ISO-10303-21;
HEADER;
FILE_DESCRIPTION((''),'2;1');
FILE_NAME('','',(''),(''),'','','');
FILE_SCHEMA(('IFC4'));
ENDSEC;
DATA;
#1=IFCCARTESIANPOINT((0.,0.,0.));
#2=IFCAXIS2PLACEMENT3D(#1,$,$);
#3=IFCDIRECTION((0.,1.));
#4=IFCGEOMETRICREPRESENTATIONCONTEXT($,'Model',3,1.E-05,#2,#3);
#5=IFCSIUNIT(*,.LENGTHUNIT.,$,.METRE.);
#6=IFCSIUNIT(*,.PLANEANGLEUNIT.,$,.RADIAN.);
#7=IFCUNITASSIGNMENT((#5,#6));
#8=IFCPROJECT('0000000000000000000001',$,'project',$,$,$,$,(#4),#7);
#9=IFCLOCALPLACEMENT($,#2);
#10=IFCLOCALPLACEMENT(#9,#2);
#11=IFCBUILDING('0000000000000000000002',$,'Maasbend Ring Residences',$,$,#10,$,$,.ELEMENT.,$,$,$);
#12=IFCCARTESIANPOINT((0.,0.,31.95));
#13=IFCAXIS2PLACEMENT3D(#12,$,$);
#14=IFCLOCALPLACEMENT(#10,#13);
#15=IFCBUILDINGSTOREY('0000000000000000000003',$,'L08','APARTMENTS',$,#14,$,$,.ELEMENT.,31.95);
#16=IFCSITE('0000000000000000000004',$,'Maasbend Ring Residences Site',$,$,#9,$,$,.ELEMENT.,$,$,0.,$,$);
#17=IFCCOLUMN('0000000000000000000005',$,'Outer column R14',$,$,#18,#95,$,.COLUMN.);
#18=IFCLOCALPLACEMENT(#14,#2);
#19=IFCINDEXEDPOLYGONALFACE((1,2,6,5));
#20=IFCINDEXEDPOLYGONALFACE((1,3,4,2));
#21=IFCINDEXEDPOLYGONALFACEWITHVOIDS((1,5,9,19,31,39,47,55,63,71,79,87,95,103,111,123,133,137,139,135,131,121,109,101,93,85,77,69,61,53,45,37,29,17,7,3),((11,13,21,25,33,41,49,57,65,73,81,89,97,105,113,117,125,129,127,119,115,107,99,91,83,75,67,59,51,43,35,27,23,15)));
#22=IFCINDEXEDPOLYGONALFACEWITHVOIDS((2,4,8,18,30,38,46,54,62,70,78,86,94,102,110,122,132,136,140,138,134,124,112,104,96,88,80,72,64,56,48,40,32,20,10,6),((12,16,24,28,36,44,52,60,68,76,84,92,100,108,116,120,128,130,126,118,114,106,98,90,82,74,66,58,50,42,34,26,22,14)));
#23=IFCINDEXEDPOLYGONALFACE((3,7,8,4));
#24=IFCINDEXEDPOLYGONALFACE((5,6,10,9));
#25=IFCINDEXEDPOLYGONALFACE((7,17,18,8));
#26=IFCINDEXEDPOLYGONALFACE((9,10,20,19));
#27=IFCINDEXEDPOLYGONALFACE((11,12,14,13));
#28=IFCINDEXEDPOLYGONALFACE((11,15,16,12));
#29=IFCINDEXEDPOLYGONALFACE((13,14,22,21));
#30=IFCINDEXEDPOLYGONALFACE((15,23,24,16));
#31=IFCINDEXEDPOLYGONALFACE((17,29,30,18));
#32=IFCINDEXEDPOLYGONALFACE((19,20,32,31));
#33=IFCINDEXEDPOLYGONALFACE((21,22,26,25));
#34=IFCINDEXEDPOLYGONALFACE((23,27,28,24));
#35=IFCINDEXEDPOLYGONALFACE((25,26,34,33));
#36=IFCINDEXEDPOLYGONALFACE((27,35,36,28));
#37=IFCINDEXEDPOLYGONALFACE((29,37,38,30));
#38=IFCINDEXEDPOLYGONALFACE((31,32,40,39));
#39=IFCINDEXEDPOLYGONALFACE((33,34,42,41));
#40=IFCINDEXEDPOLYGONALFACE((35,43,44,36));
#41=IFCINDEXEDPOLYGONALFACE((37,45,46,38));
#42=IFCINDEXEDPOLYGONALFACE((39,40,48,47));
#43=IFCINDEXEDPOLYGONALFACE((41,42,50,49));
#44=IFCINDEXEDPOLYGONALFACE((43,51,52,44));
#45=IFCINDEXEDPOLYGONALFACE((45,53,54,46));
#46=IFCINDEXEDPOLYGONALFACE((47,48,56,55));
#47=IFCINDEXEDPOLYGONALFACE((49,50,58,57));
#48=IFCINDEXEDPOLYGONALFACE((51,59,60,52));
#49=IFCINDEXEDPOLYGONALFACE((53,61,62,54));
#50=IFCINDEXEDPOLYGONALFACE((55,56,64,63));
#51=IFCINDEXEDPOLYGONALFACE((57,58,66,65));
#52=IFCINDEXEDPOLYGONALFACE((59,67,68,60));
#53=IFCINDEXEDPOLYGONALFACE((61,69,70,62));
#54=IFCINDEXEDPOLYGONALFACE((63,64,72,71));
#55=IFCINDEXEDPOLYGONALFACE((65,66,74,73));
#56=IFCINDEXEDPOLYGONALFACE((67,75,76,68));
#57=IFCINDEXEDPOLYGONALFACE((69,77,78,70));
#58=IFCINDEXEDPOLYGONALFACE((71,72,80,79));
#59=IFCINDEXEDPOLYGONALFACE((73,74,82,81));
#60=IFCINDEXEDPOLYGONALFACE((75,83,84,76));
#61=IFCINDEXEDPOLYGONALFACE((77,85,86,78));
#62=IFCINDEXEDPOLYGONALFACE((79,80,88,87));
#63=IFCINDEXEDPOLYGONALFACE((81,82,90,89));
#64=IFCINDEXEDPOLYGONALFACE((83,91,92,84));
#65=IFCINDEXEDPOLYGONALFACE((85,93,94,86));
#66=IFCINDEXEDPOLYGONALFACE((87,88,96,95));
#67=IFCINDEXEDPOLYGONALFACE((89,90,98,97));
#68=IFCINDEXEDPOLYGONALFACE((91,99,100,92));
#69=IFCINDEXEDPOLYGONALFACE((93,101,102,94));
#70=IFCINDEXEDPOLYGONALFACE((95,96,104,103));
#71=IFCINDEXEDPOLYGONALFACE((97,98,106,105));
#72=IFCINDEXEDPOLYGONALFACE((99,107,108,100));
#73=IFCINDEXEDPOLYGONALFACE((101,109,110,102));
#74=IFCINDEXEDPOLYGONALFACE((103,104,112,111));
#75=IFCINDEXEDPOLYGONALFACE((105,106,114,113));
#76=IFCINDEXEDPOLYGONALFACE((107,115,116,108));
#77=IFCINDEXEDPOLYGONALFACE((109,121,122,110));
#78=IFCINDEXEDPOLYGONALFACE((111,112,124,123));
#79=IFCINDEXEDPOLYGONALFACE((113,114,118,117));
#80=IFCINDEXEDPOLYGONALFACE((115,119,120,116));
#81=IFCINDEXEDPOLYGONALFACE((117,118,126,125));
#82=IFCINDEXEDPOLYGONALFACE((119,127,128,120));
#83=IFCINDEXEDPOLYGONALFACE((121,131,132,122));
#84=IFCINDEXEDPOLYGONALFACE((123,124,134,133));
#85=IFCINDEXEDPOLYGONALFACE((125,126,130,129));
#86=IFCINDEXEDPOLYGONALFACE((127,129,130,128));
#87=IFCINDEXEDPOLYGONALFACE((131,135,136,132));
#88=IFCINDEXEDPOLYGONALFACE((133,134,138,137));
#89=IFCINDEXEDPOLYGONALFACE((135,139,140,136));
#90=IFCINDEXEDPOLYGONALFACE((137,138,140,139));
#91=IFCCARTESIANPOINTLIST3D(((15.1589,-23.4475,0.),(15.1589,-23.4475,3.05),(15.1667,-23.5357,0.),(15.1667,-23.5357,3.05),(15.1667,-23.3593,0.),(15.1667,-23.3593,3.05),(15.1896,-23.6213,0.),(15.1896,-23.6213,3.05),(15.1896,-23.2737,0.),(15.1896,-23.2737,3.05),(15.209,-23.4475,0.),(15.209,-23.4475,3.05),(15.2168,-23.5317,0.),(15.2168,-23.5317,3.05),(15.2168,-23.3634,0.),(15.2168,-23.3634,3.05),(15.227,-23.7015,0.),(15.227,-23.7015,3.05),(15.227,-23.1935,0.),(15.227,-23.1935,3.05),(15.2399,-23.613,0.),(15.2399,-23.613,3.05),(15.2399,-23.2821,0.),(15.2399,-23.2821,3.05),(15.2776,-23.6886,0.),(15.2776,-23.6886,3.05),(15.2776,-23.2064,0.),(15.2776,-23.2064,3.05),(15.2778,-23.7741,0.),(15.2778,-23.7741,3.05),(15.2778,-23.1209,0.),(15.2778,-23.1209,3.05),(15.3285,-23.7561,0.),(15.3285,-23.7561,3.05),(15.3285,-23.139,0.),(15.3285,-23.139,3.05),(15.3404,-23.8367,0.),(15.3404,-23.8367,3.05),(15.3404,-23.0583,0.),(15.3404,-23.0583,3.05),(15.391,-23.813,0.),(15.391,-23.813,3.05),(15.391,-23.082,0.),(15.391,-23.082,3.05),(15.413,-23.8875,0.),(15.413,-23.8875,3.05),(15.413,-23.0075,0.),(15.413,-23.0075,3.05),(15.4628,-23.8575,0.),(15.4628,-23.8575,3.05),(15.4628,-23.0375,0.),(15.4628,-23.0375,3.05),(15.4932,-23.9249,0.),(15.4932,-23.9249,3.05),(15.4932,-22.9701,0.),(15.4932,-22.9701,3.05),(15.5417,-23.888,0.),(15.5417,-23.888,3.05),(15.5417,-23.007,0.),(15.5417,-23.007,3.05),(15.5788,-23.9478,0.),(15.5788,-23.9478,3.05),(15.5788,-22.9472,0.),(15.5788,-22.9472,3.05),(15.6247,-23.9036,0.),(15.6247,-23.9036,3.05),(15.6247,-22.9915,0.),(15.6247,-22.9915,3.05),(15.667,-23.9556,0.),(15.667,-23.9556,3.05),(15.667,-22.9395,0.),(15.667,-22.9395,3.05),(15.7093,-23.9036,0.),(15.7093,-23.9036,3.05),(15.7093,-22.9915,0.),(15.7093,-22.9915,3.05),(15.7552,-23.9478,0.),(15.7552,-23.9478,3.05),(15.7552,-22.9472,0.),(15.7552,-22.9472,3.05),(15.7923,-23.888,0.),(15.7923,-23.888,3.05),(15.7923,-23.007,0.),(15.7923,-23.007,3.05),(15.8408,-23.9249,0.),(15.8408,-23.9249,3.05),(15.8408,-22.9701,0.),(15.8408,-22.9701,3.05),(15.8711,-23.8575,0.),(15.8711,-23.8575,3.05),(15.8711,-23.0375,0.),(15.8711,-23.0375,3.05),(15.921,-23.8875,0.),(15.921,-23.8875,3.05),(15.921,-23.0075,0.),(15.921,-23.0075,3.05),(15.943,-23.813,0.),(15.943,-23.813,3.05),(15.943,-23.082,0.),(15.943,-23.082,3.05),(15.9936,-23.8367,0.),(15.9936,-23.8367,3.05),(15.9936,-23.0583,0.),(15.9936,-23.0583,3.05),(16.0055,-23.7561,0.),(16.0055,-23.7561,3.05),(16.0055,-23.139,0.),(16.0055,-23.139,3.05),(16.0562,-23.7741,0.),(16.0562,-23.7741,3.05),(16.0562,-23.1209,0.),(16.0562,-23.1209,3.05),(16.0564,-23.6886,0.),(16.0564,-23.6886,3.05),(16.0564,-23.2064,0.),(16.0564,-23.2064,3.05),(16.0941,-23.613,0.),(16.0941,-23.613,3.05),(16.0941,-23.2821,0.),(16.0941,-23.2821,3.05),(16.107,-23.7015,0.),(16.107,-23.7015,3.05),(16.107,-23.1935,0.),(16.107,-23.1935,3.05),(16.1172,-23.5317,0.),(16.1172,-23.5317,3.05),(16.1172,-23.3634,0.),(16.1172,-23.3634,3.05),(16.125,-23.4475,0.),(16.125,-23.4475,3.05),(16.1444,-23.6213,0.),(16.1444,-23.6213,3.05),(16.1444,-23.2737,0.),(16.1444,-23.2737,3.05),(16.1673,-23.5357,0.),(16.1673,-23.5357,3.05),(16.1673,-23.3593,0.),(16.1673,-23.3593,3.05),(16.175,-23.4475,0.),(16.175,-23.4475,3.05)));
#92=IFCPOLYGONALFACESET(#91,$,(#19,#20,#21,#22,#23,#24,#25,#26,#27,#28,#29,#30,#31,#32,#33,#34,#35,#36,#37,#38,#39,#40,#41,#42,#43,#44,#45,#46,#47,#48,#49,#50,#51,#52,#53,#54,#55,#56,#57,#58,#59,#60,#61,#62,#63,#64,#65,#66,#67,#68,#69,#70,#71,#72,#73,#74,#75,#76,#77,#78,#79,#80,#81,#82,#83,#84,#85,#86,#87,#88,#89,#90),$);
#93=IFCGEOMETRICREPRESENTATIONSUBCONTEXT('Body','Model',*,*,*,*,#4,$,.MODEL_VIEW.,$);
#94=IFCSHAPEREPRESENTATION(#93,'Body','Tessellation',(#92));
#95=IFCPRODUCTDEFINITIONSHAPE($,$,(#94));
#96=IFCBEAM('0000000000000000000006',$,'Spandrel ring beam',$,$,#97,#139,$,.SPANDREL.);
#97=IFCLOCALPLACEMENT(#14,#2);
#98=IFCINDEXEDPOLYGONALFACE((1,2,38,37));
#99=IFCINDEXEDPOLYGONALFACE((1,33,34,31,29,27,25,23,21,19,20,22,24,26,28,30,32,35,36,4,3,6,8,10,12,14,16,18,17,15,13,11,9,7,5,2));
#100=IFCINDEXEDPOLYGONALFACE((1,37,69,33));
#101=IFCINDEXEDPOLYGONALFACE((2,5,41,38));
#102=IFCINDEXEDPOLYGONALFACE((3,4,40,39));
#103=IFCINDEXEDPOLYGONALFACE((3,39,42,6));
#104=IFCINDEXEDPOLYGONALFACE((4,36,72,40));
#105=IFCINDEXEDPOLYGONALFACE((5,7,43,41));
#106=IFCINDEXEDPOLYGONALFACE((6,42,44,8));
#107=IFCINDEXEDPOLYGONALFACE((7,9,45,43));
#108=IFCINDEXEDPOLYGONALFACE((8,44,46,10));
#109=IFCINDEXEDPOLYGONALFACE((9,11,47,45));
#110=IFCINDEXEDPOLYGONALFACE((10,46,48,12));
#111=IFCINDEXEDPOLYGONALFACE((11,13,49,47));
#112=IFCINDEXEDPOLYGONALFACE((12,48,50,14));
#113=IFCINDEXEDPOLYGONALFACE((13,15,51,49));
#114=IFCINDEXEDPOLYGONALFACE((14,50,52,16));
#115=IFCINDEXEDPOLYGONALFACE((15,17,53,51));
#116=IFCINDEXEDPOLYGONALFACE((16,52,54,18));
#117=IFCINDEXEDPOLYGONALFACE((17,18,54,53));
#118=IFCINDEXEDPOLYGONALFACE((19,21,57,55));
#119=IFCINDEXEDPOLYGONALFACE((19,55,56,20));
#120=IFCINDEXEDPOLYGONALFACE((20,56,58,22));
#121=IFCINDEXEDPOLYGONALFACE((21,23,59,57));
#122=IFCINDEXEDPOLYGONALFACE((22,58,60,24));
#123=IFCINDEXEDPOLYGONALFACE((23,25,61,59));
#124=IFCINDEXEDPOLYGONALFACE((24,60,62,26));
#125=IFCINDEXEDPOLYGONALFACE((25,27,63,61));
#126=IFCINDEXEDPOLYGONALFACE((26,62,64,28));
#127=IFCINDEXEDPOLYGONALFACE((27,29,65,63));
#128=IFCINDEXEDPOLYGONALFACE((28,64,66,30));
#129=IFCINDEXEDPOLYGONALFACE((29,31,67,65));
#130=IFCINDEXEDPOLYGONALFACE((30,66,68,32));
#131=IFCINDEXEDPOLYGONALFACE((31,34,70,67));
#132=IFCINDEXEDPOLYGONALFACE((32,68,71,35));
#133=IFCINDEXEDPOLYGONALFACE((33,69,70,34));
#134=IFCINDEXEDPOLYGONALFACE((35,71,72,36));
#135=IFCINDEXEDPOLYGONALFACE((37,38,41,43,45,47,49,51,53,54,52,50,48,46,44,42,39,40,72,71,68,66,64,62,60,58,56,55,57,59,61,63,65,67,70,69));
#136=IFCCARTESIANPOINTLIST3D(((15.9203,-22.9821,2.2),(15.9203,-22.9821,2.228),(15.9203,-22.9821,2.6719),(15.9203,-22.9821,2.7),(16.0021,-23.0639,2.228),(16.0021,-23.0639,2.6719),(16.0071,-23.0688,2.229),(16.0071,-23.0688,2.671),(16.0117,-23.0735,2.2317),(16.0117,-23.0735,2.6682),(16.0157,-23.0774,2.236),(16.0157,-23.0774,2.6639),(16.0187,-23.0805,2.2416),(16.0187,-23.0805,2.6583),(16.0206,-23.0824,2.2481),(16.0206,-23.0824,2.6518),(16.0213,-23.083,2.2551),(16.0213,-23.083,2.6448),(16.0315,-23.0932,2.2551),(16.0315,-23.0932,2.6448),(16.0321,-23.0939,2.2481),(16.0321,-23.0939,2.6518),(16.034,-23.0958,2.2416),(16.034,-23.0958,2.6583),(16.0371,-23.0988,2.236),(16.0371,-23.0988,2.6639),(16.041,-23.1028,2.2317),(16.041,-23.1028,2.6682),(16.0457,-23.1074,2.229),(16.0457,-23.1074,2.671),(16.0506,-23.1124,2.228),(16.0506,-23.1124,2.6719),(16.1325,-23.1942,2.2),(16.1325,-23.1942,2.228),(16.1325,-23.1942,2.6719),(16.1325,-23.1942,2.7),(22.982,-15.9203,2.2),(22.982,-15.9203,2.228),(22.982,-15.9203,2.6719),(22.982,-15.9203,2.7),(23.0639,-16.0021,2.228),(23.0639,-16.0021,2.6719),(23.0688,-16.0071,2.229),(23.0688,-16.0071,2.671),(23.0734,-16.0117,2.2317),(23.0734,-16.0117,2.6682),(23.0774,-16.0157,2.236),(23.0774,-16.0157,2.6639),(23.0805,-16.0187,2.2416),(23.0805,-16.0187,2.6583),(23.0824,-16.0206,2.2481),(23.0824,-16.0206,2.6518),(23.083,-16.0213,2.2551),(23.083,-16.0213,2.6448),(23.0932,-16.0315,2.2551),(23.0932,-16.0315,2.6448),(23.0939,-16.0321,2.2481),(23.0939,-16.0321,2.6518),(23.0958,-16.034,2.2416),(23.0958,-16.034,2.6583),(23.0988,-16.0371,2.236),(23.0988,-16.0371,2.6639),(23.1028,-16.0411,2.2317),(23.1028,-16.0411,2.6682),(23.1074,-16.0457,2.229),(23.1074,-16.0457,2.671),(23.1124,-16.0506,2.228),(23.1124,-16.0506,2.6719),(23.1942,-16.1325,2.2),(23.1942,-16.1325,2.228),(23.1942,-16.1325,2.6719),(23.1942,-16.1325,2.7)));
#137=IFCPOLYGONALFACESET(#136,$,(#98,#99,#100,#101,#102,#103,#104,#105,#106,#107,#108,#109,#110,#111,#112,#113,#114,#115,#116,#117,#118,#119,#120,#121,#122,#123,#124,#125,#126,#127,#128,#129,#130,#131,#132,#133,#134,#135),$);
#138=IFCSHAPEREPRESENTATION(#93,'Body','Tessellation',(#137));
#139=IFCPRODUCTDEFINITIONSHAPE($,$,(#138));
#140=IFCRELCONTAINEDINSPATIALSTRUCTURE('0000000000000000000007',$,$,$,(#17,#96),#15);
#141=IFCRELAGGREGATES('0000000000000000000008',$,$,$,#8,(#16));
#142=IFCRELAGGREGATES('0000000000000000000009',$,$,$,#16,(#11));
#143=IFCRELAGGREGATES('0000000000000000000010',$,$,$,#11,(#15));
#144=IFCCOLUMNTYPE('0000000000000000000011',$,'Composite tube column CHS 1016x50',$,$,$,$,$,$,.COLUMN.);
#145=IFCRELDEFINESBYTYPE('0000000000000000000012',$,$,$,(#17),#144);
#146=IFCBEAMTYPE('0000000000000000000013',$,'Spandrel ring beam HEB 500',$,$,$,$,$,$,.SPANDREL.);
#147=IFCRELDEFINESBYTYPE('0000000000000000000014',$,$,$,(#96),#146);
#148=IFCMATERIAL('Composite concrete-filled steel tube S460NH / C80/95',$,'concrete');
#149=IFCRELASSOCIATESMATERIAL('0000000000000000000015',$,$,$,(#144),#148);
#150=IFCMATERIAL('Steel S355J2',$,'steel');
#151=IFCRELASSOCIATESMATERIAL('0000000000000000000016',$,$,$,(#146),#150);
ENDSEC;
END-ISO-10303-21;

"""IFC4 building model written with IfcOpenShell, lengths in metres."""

from ifc_helpers import new_model, si_unit, direction, frame, origin, origin_2d, place, context, subcontext, project, spatial, hollow_circle, i_section, extrude, material, material_profile, profile_set, type_object, element, save


model = new_model("IFC4")

# Units and contexts
model_context = context("Model", 3, precision=1e-05, world=origin(), true_north=direction((0.0, 1.0)))
body_context = subcontext(model_context, "Body", "Model", "MODEL_VIEW")
ifc_project = project(units=[si_unit("LENGTHUNIT", "METRE"), si_unit("PLANEANGLEUNIT", "RADIAN")], contexts=[model_context])

# Site, building, storey
site_placement = place(None, origin())
site = spatial("IfcSite", under=ifc_project, at=site_placement, Name="Maasbend Ring Residences Site", CompositionType="ELEMENT", RefElevation=0.0)
building_placement = place(site_placement, origin())
building = spatial("IfcBuilding", under=site, at=building_placement, Name="Maasbend Ring Residences", CompositionType="ELEMENT")
storey_placement = place(building_placement, frame((0.0, 0.0, 31.95)))
storey = spatial("IfcBuildingStorey", under=building, at=storey_placement, Name="L08", Description="APARTMENTS", CompositionType="ELEMENT", Elevation=31.95)

# Column
ifc_material_1 = material(Name="Composite concrete-filled steel tube S460NH / C80/95", Category="concrete")
ifc_material_profile_1 = material_profile(ifc_material_1, hollow_circle(Radius=0.5081, WallThickness=0.05, at=origin_2d()), Name="Composite tube column CHS 1016x50")
ifc_profile_set_1 = profile_set([ifc_material_profile_1], Name="Composite concrete-filled steel tube S460NH / C80/95")
column_type = type_object("IfcColumnType", Name="Composite tube column CHS 1016x50", PredefinedType="COLUMN", material=ifc_profile_set_1)
column_placement = place(storey_placement, frame((15.667, -23.4475, 0.0), z_axis=(0.0, 0.0, 1.0), x_axis=(1.0, 0.0, 0.0)))
element("IfcColumn", 1, at=column_placement, inside=storey, type_object=column_type, Name="Outer column R14", PredefinedType="COLUMN", context=body_context, shape_type="SweptSolid", body=[
    extrude(hollow_circle(Radius=0.5081, WallThickness=0.05, at=origin_2d()), origin(), (0.0, 0.0, 1.0), 3.05),
])

# Beam
ifc_material_2 = material(Name="Steel S355J2", Category="steel")
ifc_material_profile_2 = material_profile(ifc_material_2, i_section(OverallWidth=0.3, OverallDepth=0.5, WebThickness=0.0144, FlangeThickness=0.0281, FilletRadius=0.0271, at=origin_2d()), Name="HEB 500")
ifc_profile_set_2 = profile_set([ifc_material_profile_2], Name="Steel S355J2")
beam_type = type_object("IfcBeamType", Name="Spandrel ring beam HEB 500", PredefinedType="SPANDREL", material=ifc_profile_set_2)
beam_placement = place(storey_placement, frame((16.0264, -23.0881, 2.45), z_axis=(0.707107, 0.707107, 0.0), x_axis=(-0.707107, 0.707107, 0.0)))
element("IfcBeam", 2, at=beam_placement, inside=storey, type_object=beam_type, Name="Spandrel ring beam", PredefinedType="SPANDREL", context=body_context, shape_type="SweptSolid", body=[
    extrude(i_section(OverallWidth=0.3, OverallDepth=0.5, WebThickness=0.0144, FlangeThickness=0.0281, FilletRadius=0.0271, at=origin_2d()), origin(), (0.0, 0.0, 1.0), 9.9868),
])

save(model, "model.ifc")
